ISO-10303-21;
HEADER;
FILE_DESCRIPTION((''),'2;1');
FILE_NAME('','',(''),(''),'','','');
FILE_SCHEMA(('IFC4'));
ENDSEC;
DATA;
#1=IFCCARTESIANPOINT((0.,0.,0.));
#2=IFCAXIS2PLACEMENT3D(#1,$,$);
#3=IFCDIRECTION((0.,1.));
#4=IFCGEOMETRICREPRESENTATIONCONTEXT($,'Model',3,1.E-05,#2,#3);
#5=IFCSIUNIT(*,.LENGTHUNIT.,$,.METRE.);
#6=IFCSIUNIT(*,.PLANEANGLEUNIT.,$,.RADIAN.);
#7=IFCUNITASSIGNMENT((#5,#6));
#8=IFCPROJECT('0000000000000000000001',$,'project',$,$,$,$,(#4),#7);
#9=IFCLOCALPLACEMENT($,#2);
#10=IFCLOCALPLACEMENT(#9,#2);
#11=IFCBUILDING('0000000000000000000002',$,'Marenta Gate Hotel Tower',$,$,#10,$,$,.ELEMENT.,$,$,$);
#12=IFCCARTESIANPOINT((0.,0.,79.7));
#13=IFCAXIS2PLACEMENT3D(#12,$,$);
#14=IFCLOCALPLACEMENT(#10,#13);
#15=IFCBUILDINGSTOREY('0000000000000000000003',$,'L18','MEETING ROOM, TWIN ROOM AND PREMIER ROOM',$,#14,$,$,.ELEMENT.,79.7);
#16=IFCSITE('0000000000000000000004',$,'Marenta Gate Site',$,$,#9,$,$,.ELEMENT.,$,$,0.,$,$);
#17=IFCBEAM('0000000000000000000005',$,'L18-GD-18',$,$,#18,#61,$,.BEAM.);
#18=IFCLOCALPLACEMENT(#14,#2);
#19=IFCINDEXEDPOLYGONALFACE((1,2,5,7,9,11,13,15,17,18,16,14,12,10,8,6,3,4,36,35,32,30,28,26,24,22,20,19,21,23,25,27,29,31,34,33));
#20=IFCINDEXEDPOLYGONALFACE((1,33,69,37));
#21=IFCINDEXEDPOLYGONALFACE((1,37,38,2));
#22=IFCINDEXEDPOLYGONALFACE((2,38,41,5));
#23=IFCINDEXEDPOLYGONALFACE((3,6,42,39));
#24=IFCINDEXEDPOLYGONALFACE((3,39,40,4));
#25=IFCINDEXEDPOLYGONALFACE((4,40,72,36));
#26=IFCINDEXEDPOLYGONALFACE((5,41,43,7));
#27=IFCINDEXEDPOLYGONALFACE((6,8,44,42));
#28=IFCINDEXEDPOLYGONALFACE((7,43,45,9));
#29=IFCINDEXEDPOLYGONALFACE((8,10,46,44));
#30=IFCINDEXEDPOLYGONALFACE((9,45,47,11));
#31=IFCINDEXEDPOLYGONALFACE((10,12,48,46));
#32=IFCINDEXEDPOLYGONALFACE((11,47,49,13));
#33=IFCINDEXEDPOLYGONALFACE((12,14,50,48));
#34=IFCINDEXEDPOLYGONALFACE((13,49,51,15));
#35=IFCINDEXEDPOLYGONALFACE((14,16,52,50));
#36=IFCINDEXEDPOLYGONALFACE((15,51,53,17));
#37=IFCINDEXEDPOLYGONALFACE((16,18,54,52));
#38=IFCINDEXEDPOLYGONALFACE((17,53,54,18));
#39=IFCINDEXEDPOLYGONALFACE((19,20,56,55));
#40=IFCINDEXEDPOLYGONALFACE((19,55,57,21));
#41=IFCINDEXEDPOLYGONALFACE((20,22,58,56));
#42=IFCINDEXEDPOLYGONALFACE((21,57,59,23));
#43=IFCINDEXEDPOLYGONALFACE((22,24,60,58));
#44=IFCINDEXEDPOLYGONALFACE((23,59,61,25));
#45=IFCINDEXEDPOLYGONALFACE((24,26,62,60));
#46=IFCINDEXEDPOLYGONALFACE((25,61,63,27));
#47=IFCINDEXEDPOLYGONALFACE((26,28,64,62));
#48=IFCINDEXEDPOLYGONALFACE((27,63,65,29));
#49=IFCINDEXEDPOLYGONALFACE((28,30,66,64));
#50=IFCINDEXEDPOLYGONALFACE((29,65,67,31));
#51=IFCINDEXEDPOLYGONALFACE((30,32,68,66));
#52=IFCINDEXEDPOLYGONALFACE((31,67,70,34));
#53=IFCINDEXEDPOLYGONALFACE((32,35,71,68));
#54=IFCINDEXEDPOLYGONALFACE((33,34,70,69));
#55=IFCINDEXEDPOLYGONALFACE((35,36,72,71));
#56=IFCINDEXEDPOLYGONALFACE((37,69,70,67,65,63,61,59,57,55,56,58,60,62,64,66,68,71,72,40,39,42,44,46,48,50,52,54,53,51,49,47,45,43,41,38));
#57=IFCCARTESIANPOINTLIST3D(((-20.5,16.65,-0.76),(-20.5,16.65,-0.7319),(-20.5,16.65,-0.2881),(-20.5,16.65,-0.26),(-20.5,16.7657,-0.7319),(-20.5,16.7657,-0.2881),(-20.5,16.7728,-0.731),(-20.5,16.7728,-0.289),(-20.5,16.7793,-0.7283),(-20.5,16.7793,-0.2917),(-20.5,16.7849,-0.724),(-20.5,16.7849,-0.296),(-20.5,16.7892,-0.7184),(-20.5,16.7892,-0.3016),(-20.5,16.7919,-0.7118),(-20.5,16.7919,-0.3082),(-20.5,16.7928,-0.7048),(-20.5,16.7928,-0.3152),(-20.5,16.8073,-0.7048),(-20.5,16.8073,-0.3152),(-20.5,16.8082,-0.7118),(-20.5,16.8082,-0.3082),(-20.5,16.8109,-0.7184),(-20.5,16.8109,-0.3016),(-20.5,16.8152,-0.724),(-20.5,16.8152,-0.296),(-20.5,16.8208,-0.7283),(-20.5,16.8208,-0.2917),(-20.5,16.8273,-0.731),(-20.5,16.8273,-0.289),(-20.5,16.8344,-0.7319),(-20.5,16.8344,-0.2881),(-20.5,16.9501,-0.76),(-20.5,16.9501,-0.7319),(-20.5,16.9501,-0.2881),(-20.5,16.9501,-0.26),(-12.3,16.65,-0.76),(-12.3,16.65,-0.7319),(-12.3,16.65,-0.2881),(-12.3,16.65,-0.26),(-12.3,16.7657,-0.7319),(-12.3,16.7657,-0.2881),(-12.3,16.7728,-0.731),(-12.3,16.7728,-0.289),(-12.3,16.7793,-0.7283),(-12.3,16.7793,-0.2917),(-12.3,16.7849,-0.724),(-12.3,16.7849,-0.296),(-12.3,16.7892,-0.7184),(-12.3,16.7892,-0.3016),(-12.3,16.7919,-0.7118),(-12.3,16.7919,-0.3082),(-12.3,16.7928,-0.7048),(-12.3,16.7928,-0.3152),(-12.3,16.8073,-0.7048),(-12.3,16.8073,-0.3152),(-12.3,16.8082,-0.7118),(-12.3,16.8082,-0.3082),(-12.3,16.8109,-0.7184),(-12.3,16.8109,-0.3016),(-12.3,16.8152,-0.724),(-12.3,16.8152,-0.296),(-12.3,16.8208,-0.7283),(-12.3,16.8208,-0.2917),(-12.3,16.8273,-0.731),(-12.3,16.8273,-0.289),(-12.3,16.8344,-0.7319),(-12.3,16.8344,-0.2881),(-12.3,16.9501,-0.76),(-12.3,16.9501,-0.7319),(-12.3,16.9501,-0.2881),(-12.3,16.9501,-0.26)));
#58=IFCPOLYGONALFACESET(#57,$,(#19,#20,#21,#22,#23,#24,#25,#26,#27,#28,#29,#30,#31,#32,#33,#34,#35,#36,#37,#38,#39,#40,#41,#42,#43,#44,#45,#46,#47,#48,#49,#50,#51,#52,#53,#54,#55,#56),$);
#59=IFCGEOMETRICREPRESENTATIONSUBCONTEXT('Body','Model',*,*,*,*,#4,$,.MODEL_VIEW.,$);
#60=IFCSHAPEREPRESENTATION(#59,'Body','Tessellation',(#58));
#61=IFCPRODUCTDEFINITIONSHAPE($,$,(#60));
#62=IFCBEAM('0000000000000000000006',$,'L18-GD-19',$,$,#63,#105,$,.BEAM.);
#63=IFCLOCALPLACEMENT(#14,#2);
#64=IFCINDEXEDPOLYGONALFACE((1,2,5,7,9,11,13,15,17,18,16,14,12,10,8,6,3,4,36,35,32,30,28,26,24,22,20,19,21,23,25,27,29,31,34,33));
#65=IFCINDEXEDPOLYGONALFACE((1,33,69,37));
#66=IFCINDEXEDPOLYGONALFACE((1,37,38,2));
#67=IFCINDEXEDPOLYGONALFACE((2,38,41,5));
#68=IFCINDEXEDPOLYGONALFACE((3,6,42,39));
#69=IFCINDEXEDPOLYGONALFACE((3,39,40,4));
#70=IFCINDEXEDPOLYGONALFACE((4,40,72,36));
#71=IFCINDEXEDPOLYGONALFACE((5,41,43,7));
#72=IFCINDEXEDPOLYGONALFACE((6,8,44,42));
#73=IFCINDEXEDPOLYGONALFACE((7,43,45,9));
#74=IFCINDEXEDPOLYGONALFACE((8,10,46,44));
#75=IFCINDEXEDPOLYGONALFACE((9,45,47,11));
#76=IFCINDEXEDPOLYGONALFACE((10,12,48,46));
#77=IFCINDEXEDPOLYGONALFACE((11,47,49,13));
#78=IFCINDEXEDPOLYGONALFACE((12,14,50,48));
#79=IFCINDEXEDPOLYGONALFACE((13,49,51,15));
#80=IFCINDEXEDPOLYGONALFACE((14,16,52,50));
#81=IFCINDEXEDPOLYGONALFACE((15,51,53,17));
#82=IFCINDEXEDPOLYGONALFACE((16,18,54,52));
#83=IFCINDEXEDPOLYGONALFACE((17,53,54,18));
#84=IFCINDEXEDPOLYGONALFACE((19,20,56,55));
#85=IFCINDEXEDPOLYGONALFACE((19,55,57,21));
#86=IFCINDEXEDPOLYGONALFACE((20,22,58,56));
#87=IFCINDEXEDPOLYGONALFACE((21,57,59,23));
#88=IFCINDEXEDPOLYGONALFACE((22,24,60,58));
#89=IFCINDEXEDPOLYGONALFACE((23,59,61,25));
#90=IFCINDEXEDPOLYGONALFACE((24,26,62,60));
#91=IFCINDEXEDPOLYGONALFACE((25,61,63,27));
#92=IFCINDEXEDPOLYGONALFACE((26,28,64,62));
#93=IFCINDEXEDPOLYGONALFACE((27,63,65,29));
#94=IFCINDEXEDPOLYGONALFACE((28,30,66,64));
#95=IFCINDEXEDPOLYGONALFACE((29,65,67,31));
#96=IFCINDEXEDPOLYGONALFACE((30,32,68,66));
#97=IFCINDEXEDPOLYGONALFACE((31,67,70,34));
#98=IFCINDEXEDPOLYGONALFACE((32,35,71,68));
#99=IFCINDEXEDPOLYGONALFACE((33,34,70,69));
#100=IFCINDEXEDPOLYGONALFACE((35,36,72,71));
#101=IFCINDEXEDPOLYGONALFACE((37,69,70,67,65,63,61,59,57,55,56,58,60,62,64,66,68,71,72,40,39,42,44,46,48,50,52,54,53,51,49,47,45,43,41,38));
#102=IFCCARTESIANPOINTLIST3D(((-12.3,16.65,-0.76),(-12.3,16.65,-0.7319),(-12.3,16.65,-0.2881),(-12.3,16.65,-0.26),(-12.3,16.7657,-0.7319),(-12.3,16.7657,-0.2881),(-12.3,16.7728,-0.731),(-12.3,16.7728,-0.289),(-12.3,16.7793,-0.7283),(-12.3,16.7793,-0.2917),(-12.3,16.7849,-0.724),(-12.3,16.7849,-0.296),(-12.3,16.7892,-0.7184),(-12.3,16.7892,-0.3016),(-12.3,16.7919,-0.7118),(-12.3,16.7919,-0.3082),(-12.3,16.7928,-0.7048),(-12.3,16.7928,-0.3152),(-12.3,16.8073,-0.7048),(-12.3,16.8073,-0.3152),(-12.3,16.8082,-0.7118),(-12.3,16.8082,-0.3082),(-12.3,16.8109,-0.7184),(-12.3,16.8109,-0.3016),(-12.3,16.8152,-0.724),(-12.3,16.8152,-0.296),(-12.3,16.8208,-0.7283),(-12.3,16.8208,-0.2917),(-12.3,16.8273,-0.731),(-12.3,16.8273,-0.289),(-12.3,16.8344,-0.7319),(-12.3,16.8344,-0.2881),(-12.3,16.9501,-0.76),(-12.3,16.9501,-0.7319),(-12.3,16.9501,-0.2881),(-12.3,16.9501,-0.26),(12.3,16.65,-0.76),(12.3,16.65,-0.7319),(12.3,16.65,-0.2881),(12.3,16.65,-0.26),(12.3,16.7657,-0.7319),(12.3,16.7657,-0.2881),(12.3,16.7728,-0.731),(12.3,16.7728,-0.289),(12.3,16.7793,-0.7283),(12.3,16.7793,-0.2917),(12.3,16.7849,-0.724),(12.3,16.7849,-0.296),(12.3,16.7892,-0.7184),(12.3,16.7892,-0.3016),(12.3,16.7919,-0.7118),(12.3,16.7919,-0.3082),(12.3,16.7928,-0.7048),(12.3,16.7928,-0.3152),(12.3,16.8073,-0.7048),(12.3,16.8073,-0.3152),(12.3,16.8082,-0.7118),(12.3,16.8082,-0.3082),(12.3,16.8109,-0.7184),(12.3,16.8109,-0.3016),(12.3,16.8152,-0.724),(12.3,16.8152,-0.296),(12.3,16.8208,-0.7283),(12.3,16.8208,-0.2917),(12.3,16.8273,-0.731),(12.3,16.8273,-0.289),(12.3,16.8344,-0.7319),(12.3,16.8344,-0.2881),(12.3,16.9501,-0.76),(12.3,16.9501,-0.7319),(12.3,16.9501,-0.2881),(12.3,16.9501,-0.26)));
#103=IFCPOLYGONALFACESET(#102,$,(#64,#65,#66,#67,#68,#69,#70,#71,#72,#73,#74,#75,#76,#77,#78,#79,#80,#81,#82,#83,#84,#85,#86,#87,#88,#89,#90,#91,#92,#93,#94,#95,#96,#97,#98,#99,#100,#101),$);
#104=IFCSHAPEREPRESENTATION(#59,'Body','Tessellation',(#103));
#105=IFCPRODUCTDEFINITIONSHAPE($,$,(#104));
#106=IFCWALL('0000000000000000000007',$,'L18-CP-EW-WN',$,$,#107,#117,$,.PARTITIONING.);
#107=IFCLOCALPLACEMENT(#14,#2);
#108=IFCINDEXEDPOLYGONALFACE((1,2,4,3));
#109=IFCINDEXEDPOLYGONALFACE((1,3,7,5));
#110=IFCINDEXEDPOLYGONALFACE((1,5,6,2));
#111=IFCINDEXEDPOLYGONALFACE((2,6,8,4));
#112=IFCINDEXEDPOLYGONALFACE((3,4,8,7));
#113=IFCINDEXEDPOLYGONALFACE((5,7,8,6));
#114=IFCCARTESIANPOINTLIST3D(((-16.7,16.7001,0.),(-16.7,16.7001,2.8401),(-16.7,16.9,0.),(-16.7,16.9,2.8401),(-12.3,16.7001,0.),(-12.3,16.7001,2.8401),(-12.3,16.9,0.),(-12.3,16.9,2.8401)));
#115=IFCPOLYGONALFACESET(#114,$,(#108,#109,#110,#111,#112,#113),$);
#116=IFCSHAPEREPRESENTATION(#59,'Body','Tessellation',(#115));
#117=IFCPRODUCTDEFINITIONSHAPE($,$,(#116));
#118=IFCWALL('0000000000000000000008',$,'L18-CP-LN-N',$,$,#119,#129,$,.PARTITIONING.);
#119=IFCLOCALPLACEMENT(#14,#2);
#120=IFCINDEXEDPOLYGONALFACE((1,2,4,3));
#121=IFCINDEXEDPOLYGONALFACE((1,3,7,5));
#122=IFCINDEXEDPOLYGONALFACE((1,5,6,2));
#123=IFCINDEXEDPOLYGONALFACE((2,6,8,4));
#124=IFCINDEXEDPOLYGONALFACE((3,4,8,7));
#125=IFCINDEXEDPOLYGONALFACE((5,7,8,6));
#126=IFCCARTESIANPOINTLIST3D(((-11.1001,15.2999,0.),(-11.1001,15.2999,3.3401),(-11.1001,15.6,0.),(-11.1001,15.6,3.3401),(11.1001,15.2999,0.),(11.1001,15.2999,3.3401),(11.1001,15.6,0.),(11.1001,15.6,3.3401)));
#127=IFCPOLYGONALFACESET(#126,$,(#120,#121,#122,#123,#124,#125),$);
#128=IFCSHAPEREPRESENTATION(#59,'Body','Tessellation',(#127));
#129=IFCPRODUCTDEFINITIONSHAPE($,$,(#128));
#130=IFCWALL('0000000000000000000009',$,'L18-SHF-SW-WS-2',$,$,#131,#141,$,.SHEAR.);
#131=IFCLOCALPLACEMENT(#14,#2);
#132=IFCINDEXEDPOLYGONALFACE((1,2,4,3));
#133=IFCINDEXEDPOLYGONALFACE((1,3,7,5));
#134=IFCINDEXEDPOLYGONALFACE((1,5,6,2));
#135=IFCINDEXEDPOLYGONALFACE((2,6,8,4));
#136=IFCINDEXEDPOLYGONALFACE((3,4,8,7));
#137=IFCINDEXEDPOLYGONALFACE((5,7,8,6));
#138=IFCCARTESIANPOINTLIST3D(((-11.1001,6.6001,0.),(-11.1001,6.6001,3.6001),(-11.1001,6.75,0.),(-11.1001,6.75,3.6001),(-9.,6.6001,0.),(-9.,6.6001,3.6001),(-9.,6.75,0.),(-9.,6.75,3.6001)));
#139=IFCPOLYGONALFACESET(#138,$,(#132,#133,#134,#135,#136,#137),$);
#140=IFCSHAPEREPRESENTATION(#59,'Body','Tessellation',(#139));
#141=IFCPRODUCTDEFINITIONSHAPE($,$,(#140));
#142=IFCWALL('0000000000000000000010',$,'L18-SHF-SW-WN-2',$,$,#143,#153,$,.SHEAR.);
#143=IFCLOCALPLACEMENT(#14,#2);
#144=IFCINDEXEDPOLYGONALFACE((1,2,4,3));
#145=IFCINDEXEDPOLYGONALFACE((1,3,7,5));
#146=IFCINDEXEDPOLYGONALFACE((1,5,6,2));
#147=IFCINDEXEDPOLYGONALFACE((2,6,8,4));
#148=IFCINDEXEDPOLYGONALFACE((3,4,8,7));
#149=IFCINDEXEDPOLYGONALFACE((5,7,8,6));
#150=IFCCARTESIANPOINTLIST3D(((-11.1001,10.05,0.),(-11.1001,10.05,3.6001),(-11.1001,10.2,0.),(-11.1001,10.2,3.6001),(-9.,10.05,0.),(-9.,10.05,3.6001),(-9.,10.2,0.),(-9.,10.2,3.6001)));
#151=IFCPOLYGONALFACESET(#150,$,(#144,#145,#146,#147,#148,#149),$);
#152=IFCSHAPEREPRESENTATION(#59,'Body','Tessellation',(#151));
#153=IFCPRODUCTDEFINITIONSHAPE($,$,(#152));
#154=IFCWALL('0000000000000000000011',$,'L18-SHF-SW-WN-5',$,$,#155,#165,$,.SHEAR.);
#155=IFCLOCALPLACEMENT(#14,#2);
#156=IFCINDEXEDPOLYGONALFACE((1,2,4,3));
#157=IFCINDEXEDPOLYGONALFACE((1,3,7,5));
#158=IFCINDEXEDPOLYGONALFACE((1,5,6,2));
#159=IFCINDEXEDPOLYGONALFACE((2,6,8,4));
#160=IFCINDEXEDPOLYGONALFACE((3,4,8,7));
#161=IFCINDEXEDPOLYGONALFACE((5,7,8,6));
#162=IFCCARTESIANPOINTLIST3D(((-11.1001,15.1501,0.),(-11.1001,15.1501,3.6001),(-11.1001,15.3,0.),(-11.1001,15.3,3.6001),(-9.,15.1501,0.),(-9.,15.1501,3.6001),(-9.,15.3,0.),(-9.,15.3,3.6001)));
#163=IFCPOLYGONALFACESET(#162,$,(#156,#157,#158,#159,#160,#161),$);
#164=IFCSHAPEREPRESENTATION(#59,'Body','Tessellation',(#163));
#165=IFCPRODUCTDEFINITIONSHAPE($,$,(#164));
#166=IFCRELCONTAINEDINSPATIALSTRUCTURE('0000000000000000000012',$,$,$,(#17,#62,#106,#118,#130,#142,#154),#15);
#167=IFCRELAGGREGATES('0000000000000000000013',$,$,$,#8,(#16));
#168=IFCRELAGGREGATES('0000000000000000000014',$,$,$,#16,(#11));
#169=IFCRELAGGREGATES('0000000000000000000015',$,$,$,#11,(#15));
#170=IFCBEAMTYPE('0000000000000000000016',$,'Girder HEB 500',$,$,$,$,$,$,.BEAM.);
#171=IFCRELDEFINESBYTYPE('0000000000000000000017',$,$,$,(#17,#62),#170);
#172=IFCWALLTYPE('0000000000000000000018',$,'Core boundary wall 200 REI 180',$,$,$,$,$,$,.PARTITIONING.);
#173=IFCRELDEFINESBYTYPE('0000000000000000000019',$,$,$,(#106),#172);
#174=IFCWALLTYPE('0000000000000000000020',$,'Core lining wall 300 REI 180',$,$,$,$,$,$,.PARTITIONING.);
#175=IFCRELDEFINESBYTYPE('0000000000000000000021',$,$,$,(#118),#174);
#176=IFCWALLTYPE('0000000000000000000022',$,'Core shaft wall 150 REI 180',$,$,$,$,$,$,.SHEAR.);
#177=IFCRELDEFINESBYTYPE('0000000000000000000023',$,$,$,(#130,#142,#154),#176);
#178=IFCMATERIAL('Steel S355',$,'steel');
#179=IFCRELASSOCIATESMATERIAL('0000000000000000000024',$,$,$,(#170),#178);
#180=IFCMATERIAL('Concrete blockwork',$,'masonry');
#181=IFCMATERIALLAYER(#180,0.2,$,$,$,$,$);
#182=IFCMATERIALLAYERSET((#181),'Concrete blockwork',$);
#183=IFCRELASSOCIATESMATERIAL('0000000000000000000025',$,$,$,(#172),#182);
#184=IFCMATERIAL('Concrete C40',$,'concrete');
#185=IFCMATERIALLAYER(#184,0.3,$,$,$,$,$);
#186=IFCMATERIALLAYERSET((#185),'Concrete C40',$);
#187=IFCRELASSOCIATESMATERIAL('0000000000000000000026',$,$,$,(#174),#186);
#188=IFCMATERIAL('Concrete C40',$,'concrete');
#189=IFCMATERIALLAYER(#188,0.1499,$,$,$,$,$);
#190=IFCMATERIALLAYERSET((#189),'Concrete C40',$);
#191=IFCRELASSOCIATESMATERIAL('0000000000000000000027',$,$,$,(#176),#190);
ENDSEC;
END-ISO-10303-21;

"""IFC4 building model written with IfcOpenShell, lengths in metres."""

from ifc_helpers import new_model, si_unit, direction, frame, frame_2d, origin, origin_2d, place, context, subcontext, project, spatial, rectangle, i_section, extrude, material, layer, layer_set, material_profile, profile_set, type_object, element, save


model = new_model("IFC4")

# Units and contexts
model_context = context("Model", 3, precision=1e-05, world=origin(), true_north=direction((0.0, 1.0)))
body_context = subcontext(model_context, "Body", "Model", "MODEL_VIEW")
ifc_project = project(units=[si_unit("LENGTHUNIT", "METRE"), si_unit("PLANEANGLEUNIT", "RADIAN")], contexts=[model_context])

# Site, building, storey
site_placement = place(None, origin())
site = spatial("IfcSite", under=ifc_project, at=site_placement, Name="Marenta Gate Site", CompositionType="ELEMENT", RefElevation=0.0)
building_placement = place(site_placement, origin())
building = spatial("IfcBuilding", under=site, at=building_placement, Name="Marenta Gate Hotel Tower", CompositionType="ELEMENT")
storey_placement = place(building_placement, frame((0.0, 0.0, 79.7)))
storey = spatial("IfcBuildingStorey", under=building, at=storey_placement, Name="L18", Description="MEETING ROOM, TWIN ROOM AND PREMIER ROOM", CompositionType="ELEMENT", Elevation=79.7)

# Beams
ifc_material_1 = material(Name="Steel S355", Category="steel")
ifc_material_profile = material_profile(ifc_material_1, i_section(OverallWidth=0.3, OverallDepth=0.5, WebThickness=0.0144, FlangeThickness=0.0281, FilletRadius=0.0271, at=origin_2d()), Name="HEB 500")
ifc_profile_set = profile_set([ifc_material_profile], Name="Steel S355")
beam_type = type_object("IfcBeamType", Name="Girder HEB 500", PredefinedType="BEAM", material=ifc_profile_set)
beam_1_placement = place(storey_placement, frame((-20.5, 16.8, -0.51), z_axis=(1.0, 0.0, 0.0), x_axis=(0.0, 1.0, 0.0)))
element("IfcBeam", 1, at=beam_1_placement, inside=storey, type_object=beam_type, Name="L18-GD-18", PredefinedType="BEAM", context=body_context, shape_type="SweptSolid", body=[
    extrude(i_section(OverallWidth=0.3, OverallDepth=0.5, WebThickness=0.0144, FlangeThickness=0.0281, FilletRadius=0.0271, at=origin_2d()), origin(), (0.0, 0.0, 1.0), 8.2),
])
beam_2_placement = place(storey_placement, frame((-12.3, 16.8, -0.51), z_axis=(1.0, 0.0, 0.0), x_axis=(0.0, 1.0, 0.0)))
element("IfcBeam", 2, at=beam_2_placement, inside=storey, type_object=beam_type, Name="L18-GD-19", PredefinedType="BEAM", context=body_context, shape_type="SweptSolid", body=[
    extrude(i_section(OverallWidth=0.3, OverallDepth=0.5, WebThickness=0.0144, FlangeThickness=0.0281, FilletRadius=0.0271, at=origin_2d()), origin(), (0.0, 0.0, 1.0), 24.6001),
])

# Walls
ifc_material_2 = material(Name="Concrete blockwork", Category="masonry")
ifc_layer_1 = layer(ifc_material_2, 0.2)
ifc_layer_set_1 = layer_set([ifc_layer_1], Name="Concrete blockwork")
wall_type_1 = type_object("IfcWallType", Name="Core boundary wall 200 REI 180", PredefinedType="PARTITIONING", material=ifc_layer_set_1)
wall_1_placement = place(storey_placement, frame((-16.7, 16.8, 0.0), z_axis=(0.0, 0.0, 1.0), x_axis=(1.0, 0.0, 0.0)))
element("IfcWall", 3, at=wall_1_placement, inside=storey, type_object=wall_type_1, Name="L18-CP-EW-WN", PredefinedType="PARTITIONING", context=body_context, shape_type="SweptSolid", body=[
    extrude(rectangle(XDim=4.3999, YDim=0.2, at=frame_2d((2.2, 0.0))), origin(), (0.0, 0.0, 1.0), 2.8401),
])
ifc_material_3 = material(Name="Concrete C40", Category="concrete")
ifc_layer_2 = layer(ifc_material_3, 0.3)
ifc_layer_set_2 = layer_set([ifc_layer_2], Name="Concrete C40")
wall_type_2 = type_object("IfcWallType", Name="Core lining wall 300 REI 180", PredefinedType="PARTITIONING", material=ifc_layer_set_2)
wall_2_placement = place(storey_placement, frame((-11.1001, 15.45, 0.0), z_axis=(0.0, 0.0, 1.0), x_axis=(1.0, 0.0, 0.0)))
element("IfcWall", 4, at=wall_2_placement, inside=storey, type_object=wall_type_2, Name="L18-CP-LN-N", PredefinedType="PARTITIONING", context=body_context, shape_type="SweptSolid", body=[
    extrude(rectangle(XDim=22.2002, YDim=0.3, at=frame_2d((11.1001, 0.0))), origin(), (0.0, 0.0, 1.0), 3.3401),
])
ifc_material_4 = material(Name="Concrete C40", Category="concrete")
ifc_layer_3 = layer(ifc_material_4, 0.1499)
ifc_layer_set_3 = layer_set([ifc_layer_3], Name="Concrete C40")
wall_type_3 = type_object("IfcWallType", Name="Core shaft wall 150 REI 180", PredefinedType="SHEAR", material=ifc_layer_set_3)
for number, where, z_axis, x_axis, name in (
    (5, (-11.1001, 6.675, 0.0), (0.0, 0.0, 1.0), (1.0, 0.0, 0.0), "L18-SHF-SW-WS-2"),
    (6, (-11.1001, 10.125, 0.0), (0.0, 0.0, 1.0), (1.0, 0.0, 0.0), "L18-SHF-SW-WN-2"),
    (7, (-11.1001, 15.2251, 0.0), (0.0, 0.0, 1.0), (1.0, 0.0, 0.0), "L18-SHF-SW-WN-5"),
):
    element("IfcWall", number, at=place(storey_placement, frame(where, z_axis=z_axis, x_axis=x_axis)), inside=storey, type_object=wall_type_3, Name=name, PredefinedType="SHEAR", context=body_context, shape_type="SweptSolid", body=[
        extrude(rectangle(XDim=2.1001, YDim=0.1499, at=frame_2d((1.05, 0.0))), origin(), (0.0, 0.0, 1.0), 3.6001),
    ])

save(model, "model.ifc")
